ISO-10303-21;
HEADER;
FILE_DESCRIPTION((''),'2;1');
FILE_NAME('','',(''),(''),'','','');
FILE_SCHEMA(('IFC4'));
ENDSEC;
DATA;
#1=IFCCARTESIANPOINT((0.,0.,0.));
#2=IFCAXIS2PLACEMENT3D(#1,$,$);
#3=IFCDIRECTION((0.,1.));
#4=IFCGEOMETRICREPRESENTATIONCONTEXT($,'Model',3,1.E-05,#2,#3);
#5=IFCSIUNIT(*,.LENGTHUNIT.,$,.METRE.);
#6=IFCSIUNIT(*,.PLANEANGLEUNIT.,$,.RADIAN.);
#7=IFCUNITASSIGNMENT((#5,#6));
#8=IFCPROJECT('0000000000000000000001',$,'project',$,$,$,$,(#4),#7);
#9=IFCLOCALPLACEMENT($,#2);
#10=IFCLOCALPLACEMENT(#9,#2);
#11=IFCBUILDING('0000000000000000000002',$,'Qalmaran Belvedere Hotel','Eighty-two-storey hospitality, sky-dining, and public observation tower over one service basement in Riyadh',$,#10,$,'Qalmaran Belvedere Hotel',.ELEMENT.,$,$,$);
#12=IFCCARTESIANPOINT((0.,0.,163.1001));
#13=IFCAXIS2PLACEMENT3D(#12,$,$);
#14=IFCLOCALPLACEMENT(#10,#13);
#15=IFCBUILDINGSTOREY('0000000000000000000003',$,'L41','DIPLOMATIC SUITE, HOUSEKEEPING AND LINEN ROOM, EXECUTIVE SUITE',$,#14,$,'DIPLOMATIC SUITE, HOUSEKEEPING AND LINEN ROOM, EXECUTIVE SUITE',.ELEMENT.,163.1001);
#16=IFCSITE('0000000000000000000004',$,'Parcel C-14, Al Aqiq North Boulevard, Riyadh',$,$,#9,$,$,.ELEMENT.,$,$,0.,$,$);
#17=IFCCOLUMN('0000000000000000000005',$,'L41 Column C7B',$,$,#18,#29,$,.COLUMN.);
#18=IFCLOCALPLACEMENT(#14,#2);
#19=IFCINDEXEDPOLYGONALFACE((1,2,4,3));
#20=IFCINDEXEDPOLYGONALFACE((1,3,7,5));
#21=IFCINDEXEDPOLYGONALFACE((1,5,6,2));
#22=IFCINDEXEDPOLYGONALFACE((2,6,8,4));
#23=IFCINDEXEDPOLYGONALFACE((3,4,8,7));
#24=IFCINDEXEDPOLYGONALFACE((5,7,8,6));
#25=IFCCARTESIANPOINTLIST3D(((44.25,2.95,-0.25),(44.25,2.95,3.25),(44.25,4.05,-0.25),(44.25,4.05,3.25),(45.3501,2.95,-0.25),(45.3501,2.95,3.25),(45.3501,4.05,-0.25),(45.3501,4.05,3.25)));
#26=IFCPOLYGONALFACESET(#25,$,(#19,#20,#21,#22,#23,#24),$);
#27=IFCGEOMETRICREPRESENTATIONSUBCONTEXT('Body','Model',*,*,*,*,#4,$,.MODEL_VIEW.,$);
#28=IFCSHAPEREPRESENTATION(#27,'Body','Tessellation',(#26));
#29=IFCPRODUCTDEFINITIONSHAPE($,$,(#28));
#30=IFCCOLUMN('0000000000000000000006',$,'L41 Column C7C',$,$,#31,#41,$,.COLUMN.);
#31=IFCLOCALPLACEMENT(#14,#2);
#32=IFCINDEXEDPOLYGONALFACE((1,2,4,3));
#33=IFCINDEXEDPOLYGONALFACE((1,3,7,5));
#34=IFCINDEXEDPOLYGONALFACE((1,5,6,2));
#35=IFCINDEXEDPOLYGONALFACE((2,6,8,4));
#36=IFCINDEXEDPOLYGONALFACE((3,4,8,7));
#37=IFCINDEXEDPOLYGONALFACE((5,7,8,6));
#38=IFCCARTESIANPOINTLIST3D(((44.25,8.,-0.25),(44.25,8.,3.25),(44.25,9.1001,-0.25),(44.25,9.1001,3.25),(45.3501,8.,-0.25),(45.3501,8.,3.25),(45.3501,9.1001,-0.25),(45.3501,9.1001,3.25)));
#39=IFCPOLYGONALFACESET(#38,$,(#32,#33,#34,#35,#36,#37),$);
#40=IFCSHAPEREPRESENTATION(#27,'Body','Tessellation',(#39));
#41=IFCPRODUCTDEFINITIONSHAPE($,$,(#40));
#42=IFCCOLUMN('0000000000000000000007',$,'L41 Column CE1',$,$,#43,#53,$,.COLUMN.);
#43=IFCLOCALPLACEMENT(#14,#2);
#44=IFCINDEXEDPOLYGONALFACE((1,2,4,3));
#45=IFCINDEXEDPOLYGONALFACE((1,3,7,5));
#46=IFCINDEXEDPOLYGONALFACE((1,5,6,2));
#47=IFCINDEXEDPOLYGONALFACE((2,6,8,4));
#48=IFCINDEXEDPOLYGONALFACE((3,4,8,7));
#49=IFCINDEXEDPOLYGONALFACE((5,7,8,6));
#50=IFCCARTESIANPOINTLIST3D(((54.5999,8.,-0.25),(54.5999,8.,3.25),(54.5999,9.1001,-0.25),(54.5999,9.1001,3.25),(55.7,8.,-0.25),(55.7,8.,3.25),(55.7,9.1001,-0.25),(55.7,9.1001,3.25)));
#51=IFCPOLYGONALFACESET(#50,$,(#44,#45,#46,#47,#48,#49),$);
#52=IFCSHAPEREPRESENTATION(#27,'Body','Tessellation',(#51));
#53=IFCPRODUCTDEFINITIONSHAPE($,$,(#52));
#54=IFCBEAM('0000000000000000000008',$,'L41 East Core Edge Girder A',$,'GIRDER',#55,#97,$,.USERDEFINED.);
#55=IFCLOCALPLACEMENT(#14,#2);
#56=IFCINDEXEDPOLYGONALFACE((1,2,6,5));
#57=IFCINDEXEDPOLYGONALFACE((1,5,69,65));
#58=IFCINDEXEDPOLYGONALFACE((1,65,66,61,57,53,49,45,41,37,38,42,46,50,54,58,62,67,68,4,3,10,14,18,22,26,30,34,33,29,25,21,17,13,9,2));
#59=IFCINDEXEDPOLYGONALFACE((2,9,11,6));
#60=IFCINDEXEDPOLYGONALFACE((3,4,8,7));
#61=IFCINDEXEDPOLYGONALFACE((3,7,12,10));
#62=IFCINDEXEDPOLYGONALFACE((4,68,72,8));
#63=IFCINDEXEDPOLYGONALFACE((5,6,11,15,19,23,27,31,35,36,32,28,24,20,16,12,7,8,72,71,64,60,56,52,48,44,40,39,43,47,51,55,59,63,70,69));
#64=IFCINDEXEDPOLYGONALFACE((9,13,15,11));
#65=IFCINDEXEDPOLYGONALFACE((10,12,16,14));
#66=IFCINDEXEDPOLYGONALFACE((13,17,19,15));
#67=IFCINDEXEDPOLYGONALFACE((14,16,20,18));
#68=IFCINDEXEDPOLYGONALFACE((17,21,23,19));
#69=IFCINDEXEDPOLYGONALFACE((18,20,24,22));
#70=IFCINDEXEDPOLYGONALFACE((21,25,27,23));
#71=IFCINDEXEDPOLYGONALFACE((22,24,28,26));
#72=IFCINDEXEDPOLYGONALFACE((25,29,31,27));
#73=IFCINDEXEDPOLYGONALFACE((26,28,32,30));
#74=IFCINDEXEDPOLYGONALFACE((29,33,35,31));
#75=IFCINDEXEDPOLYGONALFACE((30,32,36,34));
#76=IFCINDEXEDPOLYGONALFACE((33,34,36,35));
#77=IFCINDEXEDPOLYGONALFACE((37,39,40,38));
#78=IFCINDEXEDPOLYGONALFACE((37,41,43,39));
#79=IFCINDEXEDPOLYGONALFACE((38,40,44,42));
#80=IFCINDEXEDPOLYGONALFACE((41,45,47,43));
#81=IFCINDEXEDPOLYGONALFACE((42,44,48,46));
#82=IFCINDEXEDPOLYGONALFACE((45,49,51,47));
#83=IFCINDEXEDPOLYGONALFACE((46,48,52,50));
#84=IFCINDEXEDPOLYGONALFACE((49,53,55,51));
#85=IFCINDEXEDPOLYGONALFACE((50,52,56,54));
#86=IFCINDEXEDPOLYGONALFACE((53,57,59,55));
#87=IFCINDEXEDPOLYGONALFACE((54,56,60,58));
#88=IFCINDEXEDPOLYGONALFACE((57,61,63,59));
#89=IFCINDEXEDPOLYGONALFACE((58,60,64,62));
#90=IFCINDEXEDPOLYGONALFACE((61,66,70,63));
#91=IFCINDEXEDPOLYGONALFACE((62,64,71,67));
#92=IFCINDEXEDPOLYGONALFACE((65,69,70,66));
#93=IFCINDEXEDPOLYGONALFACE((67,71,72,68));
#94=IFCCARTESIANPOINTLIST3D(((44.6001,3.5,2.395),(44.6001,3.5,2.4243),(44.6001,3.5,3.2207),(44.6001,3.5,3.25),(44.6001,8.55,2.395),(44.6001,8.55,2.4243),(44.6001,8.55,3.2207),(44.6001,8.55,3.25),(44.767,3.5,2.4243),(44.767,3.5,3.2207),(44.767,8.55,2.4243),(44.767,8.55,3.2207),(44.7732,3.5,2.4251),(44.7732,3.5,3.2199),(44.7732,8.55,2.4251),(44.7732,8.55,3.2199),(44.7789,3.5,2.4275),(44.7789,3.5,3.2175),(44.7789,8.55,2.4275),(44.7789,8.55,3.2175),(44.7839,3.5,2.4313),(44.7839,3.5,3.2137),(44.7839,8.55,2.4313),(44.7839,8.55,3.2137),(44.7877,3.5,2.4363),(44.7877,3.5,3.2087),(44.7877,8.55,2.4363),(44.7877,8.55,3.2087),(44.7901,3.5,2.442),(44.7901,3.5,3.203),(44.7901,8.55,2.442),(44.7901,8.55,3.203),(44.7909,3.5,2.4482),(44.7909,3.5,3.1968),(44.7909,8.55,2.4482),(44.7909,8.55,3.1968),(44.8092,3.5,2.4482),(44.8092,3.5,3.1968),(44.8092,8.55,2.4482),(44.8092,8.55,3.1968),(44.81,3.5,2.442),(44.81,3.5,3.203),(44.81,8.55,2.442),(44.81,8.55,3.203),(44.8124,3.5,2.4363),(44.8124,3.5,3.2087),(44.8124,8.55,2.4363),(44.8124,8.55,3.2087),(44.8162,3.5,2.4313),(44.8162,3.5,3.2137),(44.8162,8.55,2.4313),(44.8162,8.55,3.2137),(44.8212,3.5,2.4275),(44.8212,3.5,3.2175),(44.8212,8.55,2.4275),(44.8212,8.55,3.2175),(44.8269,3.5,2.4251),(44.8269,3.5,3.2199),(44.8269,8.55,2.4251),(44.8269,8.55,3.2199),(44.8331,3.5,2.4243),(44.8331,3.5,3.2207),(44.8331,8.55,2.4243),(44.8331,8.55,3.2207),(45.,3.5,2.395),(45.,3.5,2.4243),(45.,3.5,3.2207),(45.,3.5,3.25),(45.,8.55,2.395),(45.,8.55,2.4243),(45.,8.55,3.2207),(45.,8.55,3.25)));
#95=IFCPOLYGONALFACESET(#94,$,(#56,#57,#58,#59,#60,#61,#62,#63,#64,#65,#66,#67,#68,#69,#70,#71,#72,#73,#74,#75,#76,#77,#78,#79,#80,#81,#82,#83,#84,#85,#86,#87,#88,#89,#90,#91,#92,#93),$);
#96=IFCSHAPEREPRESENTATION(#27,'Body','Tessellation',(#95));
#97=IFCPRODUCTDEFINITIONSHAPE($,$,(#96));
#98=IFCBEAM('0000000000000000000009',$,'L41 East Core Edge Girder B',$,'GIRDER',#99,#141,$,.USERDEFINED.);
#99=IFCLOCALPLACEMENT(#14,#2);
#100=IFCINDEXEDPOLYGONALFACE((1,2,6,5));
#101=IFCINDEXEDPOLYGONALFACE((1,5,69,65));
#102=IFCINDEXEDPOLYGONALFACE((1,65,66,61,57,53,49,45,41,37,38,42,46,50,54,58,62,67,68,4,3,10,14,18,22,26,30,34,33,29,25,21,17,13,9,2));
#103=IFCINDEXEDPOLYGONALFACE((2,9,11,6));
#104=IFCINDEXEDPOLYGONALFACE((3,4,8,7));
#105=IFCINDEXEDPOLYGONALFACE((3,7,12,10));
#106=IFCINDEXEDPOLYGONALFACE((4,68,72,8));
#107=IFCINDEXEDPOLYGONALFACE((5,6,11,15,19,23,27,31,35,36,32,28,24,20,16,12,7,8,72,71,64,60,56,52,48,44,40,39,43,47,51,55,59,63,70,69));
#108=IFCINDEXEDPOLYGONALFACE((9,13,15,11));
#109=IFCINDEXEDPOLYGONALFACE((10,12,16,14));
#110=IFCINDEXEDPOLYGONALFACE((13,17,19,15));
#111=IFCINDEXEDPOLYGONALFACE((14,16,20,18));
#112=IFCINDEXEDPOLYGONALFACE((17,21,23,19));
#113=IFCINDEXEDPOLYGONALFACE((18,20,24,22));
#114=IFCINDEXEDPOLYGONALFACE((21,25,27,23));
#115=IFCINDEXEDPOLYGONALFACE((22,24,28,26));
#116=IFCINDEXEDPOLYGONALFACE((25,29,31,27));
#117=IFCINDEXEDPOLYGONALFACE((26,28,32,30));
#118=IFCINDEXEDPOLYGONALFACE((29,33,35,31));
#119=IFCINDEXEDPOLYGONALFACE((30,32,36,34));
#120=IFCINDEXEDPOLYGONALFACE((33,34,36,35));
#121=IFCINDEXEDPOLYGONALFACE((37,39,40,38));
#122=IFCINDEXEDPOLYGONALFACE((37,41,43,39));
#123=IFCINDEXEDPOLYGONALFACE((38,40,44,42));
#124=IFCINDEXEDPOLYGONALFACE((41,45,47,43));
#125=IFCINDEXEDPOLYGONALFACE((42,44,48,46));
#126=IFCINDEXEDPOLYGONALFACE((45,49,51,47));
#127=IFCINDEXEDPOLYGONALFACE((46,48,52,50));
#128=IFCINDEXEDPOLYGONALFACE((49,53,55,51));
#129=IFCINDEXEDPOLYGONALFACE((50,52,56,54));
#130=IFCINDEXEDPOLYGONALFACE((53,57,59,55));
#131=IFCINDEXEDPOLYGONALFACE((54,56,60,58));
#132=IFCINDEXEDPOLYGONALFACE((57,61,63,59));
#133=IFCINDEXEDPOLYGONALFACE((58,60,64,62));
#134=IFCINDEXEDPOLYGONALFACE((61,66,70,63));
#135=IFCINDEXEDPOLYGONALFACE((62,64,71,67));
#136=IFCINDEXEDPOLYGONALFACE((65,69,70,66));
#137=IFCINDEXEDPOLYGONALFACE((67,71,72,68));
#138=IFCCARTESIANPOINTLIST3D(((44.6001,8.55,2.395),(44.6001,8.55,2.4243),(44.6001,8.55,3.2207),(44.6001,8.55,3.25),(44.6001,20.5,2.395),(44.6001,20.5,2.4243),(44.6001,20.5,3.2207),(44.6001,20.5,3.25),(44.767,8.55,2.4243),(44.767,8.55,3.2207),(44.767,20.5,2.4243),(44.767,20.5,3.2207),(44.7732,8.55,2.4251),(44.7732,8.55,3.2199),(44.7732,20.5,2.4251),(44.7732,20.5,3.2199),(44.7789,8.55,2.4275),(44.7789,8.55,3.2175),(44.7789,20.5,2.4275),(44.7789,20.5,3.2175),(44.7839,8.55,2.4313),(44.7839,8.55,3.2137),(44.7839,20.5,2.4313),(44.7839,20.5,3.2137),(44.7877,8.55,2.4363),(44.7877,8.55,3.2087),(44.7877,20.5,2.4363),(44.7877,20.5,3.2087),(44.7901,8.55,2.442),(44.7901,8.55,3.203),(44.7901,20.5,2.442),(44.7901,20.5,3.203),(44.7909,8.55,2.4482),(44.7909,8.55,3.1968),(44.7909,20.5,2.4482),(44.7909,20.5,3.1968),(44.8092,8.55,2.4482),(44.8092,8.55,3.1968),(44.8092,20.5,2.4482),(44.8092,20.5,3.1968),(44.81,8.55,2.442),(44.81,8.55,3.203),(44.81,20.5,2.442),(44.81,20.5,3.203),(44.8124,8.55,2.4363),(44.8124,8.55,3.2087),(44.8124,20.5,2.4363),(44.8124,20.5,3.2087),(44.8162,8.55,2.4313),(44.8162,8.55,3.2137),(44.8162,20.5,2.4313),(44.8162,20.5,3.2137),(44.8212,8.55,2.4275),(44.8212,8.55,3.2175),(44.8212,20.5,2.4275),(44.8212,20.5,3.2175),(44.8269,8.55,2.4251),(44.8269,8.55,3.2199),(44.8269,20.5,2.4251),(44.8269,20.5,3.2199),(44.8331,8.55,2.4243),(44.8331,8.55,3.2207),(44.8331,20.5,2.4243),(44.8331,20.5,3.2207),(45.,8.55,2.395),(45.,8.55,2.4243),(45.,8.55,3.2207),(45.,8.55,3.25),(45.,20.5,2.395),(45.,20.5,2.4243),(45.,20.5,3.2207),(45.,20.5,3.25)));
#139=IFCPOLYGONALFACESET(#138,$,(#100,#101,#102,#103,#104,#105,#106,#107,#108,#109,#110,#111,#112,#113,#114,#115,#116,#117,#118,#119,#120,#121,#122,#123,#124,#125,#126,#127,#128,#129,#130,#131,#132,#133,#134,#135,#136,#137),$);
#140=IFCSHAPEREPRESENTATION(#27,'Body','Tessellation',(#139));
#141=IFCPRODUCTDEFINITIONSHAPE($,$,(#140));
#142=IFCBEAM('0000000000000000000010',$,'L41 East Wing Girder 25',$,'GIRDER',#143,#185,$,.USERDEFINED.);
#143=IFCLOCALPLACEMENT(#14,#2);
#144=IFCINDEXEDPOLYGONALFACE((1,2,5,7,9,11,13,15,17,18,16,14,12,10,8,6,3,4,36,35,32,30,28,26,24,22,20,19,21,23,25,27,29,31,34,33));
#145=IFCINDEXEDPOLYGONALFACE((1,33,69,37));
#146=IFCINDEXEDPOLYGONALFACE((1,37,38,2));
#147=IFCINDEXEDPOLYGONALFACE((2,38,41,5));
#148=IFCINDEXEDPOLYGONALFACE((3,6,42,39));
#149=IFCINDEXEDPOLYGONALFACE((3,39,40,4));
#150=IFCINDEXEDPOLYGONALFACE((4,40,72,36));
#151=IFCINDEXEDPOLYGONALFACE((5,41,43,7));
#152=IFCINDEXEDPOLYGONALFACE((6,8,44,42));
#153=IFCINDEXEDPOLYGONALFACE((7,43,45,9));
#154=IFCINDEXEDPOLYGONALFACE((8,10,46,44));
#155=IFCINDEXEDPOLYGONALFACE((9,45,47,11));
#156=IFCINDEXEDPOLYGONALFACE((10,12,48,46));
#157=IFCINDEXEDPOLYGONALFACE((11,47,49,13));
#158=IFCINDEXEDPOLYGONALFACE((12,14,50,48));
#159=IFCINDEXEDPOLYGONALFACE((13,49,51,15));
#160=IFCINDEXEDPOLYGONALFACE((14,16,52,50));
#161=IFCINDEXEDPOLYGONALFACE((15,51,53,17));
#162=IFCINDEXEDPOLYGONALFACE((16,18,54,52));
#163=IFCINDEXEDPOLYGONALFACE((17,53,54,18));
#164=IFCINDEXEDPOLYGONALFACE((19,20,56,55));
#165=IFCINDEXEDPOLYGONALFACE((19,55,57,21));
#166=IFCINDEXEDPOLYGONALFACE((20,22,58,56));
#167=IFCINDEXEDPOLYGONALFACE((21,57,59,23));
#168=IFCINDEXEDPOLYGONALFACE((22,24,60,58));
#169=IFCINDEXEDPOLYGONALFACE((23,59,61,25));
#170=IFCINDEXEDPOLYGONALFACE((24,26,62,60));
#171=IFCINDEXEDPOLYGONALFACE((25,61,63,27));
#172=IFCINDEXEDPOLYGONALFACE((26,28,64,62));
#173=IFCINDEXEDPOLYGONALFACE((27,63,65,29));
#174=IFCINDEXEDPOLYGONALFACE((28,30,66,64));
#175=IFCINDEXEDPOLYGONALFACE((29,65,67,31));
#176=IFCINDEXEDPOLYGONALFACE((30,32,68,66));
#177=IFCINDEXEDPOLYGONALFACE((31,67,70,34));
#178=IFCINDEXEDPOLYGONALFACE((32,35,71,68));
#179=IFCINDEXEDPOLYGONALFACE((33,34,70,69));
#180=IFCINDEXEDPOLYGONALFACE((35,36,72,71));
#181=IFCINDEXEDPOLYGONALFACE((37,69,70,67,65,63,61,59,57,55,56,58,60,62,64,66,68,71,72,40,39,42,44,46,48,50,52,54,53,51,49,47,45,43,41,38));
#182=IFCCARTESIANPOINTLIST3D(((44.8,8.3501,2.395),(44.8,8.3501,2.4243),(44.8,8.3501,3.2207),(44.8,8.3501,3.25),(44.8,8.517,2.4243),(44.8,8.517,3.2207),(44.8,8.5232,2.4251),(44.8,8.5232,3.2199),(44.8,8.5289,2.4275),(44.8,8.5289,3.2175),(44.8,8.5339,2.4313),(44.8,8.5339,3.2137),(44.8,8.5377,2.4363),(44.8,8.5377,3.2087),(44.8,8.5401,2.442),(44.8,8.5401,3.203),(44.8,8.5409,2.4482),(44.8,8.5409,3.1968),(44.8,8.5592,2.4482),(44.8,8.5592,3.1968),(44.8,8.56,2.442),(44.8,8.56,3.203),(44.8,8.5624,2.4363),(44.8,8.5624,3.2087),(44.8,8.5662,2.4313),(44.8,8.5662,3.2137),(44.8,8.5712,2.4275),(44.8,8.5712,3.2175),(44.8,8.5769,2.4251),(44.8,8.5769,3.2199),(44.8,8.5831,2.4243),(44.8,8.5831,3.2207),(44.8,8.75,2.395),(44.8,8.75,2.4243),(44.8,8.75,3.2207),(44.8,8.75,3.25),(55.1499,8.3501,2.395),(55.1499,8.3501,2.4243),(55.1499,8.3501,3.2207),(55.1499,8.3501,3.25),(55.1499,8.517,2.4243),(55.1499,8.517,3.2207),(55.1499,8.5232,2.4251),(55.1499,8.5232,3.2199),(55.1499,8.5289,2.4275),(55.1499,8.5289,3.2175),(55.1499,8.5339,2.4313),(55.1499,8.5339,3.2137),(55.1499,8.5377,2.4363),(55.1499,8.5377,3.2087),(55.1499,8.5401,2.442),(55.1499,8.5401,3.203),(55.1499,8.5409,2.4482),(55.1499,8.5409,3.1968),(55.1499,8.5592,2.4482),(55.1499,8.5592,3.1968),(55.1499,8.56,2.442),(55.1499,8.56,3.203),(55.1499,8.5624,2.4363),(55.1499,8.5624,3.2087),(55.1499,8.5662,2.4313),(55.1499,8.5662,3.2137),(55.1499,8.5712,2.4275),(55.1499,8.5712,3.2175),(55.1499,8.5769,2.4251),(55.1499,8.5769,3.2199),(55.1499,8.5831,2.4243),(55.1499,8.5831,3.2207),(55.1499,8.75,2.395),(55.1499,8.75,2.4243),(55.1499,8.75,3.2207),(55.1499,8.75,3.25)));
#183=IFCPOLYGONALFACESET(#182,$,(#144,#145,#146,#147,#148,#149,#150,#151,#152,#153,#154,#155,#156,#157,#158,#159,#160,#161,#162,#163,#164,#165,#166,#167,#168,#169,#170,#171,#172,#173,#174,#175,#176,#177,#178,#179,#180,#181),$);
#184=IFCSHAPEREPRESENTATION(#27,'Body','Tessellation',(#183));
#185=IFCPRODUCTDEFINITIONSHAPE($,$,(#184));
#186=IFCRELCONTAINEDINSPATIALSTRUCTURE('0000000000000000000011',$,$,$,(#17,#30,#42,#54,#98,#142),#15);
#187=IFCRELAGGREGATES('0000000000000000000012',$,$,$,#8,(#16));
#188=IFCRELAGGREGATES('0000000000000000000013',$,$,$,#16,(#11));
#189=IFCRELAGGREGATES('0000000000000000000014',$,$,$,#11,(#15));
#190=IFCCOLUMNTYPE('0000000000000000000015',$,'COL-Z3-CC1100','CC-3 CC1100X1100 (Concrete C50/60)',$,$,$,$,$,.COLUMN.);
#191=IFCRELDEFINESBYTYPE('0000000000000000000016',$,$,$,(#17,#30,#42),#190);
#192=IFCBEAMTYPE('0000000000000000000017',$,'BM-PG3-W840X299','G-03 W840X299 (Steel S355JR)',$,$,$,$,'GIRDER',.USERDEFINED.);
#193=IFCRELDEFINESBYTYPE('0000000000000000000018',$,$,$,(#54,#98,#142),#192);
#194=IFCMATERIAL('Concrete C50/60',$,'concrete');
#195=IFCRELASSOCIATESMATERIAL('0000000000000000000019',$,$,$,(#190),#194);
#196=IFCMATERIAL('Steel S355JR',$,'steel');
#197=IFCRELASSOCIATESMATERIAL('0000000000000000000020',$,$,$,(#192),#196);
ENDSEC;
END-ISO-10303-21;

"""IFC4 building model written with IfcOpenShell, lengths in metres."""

from ifc_helpers import new_model, si_unit, direction, frame, origin, origin_2d, place, context, subcontext, project, spatial, rectangle, i_section, extrude, material, material_profile, profile_set, type_object, element, save


model = new_model("IFC4")

# Units and contexts
model_context = context("Model", 3, precision=1e-05, world=origin(), true_north=direction((0.0, 1.0)))
body_context = subcontext(model_context, "Body", "Model", "MODEL_VIEW")
ifc_project = project(units=[si_unit("LENGTHUNIT", "METRE"), si_unit("PLANEANGLEUNIT", "RADIAN")], contexts=[model_context])

# Site, building, storey
site_placement = place(None, origin())
site = spatial("IfcSite", under=ifc_project, at=site_placement, Name="Parcel C-14, Al Aqiq North Boulevard, Riyadh", CompositionType="ELEMENT", RefElevation=0.0)
building_placement = place(site_placement, origin())
building = spatial("IfcBuilding", under=site, at=building_placement, Name="Qalmaran Belvedere Hotel", Description="Eighty-two-storey hospitality, sky-dining, and public observation tower over one service basement in Riyadh", LongName="Qalmaran Belvedere Hotel", CompositionType="ELEMENT")
storey_placement = place(building_placement, frame((0.0, 0.0, 163.1001)))
storey = spatial("IfcBuildingStorey", under=building, at=storey_placement, Name="L41", Description="DIPLOMATIC SUITE, HOUSEKEEPING AND LINEN ROOM, EXECUTIVE SUITE", LongName="DIPLOMATIC SUITE, HOUSEKEEPING AND LINEN ROOM, EXECUTIVE SUITE", CompositionType="ELEMENT", Elevation=163.1001)

# Columns
ifc_material_1 = material(Name="Concrete C50/60", Category="concrete")
ifc_material_profile_1 = material_profile(ifc_material_1, rectangle(XDim=1.1001, YDim=1.1001, at=origin_2d()), Name="CC1100X1100")
ifc_profile_set_1 = profile_set([ifc_material_profile_1], Name="Concrete C50/60")
column_type = type_object("IfcColumnType", Name="COL-Z3-CC1100", Description="CC-3 CC1100X1100 (Concrete C50/60)", PredefinedType="COLUMN", material=ifc_profile_set_1)
for number, where, z_axis, x_axis, name in (
    (1, (44.8, 3.5, -0.25), (0.0, 0.0, 1.0), (1.0, 0.0, 0.0), "L41 Column C7B"),
    (2, (44.8, 8.55, -0.25), (0.0, 0.0, 1.0), (1.0, 0.0, 0.0), "L41 Column C7C"),
    (3, (55.1499, 8.55, -0.25), (0.0, 0.0, 1.0), (1.0, 0.0, 0.0), "L41 Column CE1"),
):
    element("IfcColumn", number, at=place(storey_placement, frame(where, z_axis=z_axis, x_axis=x_axis)), inside=storey, type_object=column_type, Name=name, PredefinedType="COLUMN", context=body_context, shape_type="SweptSolid", body=[
        extrude(rectangle(XDim=1.1001, YDim=1.1001, at=origin_2d()), origin(), (0.0, 0.0, 1.0), 3.5),
    ])

# Beams
ifc_material_2 = material(Name="Steel S355JR", Category="steel")
ifc_material_profile_2 = material_profile(ifc_material_2, i_section(OverallWidth=0.3999, OverallDepth=0.855, WebThickness=0.0183, FlangeThickness=0.0293, FilletRadius=0.0239, at=origin_2d()), Name="W840X299")
ifc_profile_set_2 = profile_set([ifc_material_profile_2], Name="Steel S355JR")
beam_type_1 = type_object("IfcBeamType", Name="BM-PG3-W840X299", Description="G-03 W840X299 (Steel S355JR)", ElementType="GIRDER", PredefinedType="USERDEFINED", material=ifc_profile_set_2)
beam_1_placement = place(storey_placement, frame((44.8, 3.5, 2.8225), z_axis=(0.0, 1.0, 0.0), x_axis=(-1.0, 0.0, 0.0)))
element("IfcBeam", 4, at=beam_1_placement, inside=storey, type_object=beam_type_1, Name="L41 East Core Edge Girder A", ObjectType="GIRDER", PredefinedType="USERDEFINED", context=body_context, shape_type="SweptSolid", body=[
    extrude(i_section(OverallWidth=0.3999, OverallDepth=0.855, WebThickness=0.0183, FlangeThickness=0.0293, FilletRadius=0.0239, at=origin_2d()), origin(), (0.0, 0.0, 1.0), 5.05),
])
beam_2_placement = place(storey_placement, frame((44.8, 8.55, 2.8225), z_axis=(0.0, 1.0, 0.0), x_axis=(-1.0, 0.0, 0.0)))
element("IfcBeam", 5, at=beam_2_placement, inside=storey, type_object=beam_type_1, Name="L41 East Core Edge Girder B", ObjectType="GIRDER", PredefinedType="USERDEFINED", context=body_context, shape_type="SweptSolid", body=[
    extrude(i_section(OverallWidth=0.3999, OverallDepth=0.855, WebThickness=0.0183, FlangeThickness=0.0293, FilletRadius=0.0239, at=origin_2d()), origin(), (0.0, 0.0, 1.0), 11.95),
])
beam_3_placement = place(storey_placement, frame((44.8, 8.55, 2.8225), z_axis=(1.0, 0.0, 0.0), x_axis=(0.0, 1.0, 0.0)))
element("IfcBeam", 6, at=beam_3_placement, inside=storey, type_object=beam_type_1, Name="L41 East Wing Girder 25", ObjectType="GIRDER", PredefinedType="USERDEFINED", context=body_context, shape_type="SweptSolid", body=[
    extrude(i_section(OverallWidth=0.3999, OverallDepth=0.855, WebThickness=0.0183, FlangeThickness=0.0293, FilletRadius=0.0239, at=origin_2d()), origin(), (0.0, 0.0, 1.0), 10.3499),
])

save(model, "model.ifc")
